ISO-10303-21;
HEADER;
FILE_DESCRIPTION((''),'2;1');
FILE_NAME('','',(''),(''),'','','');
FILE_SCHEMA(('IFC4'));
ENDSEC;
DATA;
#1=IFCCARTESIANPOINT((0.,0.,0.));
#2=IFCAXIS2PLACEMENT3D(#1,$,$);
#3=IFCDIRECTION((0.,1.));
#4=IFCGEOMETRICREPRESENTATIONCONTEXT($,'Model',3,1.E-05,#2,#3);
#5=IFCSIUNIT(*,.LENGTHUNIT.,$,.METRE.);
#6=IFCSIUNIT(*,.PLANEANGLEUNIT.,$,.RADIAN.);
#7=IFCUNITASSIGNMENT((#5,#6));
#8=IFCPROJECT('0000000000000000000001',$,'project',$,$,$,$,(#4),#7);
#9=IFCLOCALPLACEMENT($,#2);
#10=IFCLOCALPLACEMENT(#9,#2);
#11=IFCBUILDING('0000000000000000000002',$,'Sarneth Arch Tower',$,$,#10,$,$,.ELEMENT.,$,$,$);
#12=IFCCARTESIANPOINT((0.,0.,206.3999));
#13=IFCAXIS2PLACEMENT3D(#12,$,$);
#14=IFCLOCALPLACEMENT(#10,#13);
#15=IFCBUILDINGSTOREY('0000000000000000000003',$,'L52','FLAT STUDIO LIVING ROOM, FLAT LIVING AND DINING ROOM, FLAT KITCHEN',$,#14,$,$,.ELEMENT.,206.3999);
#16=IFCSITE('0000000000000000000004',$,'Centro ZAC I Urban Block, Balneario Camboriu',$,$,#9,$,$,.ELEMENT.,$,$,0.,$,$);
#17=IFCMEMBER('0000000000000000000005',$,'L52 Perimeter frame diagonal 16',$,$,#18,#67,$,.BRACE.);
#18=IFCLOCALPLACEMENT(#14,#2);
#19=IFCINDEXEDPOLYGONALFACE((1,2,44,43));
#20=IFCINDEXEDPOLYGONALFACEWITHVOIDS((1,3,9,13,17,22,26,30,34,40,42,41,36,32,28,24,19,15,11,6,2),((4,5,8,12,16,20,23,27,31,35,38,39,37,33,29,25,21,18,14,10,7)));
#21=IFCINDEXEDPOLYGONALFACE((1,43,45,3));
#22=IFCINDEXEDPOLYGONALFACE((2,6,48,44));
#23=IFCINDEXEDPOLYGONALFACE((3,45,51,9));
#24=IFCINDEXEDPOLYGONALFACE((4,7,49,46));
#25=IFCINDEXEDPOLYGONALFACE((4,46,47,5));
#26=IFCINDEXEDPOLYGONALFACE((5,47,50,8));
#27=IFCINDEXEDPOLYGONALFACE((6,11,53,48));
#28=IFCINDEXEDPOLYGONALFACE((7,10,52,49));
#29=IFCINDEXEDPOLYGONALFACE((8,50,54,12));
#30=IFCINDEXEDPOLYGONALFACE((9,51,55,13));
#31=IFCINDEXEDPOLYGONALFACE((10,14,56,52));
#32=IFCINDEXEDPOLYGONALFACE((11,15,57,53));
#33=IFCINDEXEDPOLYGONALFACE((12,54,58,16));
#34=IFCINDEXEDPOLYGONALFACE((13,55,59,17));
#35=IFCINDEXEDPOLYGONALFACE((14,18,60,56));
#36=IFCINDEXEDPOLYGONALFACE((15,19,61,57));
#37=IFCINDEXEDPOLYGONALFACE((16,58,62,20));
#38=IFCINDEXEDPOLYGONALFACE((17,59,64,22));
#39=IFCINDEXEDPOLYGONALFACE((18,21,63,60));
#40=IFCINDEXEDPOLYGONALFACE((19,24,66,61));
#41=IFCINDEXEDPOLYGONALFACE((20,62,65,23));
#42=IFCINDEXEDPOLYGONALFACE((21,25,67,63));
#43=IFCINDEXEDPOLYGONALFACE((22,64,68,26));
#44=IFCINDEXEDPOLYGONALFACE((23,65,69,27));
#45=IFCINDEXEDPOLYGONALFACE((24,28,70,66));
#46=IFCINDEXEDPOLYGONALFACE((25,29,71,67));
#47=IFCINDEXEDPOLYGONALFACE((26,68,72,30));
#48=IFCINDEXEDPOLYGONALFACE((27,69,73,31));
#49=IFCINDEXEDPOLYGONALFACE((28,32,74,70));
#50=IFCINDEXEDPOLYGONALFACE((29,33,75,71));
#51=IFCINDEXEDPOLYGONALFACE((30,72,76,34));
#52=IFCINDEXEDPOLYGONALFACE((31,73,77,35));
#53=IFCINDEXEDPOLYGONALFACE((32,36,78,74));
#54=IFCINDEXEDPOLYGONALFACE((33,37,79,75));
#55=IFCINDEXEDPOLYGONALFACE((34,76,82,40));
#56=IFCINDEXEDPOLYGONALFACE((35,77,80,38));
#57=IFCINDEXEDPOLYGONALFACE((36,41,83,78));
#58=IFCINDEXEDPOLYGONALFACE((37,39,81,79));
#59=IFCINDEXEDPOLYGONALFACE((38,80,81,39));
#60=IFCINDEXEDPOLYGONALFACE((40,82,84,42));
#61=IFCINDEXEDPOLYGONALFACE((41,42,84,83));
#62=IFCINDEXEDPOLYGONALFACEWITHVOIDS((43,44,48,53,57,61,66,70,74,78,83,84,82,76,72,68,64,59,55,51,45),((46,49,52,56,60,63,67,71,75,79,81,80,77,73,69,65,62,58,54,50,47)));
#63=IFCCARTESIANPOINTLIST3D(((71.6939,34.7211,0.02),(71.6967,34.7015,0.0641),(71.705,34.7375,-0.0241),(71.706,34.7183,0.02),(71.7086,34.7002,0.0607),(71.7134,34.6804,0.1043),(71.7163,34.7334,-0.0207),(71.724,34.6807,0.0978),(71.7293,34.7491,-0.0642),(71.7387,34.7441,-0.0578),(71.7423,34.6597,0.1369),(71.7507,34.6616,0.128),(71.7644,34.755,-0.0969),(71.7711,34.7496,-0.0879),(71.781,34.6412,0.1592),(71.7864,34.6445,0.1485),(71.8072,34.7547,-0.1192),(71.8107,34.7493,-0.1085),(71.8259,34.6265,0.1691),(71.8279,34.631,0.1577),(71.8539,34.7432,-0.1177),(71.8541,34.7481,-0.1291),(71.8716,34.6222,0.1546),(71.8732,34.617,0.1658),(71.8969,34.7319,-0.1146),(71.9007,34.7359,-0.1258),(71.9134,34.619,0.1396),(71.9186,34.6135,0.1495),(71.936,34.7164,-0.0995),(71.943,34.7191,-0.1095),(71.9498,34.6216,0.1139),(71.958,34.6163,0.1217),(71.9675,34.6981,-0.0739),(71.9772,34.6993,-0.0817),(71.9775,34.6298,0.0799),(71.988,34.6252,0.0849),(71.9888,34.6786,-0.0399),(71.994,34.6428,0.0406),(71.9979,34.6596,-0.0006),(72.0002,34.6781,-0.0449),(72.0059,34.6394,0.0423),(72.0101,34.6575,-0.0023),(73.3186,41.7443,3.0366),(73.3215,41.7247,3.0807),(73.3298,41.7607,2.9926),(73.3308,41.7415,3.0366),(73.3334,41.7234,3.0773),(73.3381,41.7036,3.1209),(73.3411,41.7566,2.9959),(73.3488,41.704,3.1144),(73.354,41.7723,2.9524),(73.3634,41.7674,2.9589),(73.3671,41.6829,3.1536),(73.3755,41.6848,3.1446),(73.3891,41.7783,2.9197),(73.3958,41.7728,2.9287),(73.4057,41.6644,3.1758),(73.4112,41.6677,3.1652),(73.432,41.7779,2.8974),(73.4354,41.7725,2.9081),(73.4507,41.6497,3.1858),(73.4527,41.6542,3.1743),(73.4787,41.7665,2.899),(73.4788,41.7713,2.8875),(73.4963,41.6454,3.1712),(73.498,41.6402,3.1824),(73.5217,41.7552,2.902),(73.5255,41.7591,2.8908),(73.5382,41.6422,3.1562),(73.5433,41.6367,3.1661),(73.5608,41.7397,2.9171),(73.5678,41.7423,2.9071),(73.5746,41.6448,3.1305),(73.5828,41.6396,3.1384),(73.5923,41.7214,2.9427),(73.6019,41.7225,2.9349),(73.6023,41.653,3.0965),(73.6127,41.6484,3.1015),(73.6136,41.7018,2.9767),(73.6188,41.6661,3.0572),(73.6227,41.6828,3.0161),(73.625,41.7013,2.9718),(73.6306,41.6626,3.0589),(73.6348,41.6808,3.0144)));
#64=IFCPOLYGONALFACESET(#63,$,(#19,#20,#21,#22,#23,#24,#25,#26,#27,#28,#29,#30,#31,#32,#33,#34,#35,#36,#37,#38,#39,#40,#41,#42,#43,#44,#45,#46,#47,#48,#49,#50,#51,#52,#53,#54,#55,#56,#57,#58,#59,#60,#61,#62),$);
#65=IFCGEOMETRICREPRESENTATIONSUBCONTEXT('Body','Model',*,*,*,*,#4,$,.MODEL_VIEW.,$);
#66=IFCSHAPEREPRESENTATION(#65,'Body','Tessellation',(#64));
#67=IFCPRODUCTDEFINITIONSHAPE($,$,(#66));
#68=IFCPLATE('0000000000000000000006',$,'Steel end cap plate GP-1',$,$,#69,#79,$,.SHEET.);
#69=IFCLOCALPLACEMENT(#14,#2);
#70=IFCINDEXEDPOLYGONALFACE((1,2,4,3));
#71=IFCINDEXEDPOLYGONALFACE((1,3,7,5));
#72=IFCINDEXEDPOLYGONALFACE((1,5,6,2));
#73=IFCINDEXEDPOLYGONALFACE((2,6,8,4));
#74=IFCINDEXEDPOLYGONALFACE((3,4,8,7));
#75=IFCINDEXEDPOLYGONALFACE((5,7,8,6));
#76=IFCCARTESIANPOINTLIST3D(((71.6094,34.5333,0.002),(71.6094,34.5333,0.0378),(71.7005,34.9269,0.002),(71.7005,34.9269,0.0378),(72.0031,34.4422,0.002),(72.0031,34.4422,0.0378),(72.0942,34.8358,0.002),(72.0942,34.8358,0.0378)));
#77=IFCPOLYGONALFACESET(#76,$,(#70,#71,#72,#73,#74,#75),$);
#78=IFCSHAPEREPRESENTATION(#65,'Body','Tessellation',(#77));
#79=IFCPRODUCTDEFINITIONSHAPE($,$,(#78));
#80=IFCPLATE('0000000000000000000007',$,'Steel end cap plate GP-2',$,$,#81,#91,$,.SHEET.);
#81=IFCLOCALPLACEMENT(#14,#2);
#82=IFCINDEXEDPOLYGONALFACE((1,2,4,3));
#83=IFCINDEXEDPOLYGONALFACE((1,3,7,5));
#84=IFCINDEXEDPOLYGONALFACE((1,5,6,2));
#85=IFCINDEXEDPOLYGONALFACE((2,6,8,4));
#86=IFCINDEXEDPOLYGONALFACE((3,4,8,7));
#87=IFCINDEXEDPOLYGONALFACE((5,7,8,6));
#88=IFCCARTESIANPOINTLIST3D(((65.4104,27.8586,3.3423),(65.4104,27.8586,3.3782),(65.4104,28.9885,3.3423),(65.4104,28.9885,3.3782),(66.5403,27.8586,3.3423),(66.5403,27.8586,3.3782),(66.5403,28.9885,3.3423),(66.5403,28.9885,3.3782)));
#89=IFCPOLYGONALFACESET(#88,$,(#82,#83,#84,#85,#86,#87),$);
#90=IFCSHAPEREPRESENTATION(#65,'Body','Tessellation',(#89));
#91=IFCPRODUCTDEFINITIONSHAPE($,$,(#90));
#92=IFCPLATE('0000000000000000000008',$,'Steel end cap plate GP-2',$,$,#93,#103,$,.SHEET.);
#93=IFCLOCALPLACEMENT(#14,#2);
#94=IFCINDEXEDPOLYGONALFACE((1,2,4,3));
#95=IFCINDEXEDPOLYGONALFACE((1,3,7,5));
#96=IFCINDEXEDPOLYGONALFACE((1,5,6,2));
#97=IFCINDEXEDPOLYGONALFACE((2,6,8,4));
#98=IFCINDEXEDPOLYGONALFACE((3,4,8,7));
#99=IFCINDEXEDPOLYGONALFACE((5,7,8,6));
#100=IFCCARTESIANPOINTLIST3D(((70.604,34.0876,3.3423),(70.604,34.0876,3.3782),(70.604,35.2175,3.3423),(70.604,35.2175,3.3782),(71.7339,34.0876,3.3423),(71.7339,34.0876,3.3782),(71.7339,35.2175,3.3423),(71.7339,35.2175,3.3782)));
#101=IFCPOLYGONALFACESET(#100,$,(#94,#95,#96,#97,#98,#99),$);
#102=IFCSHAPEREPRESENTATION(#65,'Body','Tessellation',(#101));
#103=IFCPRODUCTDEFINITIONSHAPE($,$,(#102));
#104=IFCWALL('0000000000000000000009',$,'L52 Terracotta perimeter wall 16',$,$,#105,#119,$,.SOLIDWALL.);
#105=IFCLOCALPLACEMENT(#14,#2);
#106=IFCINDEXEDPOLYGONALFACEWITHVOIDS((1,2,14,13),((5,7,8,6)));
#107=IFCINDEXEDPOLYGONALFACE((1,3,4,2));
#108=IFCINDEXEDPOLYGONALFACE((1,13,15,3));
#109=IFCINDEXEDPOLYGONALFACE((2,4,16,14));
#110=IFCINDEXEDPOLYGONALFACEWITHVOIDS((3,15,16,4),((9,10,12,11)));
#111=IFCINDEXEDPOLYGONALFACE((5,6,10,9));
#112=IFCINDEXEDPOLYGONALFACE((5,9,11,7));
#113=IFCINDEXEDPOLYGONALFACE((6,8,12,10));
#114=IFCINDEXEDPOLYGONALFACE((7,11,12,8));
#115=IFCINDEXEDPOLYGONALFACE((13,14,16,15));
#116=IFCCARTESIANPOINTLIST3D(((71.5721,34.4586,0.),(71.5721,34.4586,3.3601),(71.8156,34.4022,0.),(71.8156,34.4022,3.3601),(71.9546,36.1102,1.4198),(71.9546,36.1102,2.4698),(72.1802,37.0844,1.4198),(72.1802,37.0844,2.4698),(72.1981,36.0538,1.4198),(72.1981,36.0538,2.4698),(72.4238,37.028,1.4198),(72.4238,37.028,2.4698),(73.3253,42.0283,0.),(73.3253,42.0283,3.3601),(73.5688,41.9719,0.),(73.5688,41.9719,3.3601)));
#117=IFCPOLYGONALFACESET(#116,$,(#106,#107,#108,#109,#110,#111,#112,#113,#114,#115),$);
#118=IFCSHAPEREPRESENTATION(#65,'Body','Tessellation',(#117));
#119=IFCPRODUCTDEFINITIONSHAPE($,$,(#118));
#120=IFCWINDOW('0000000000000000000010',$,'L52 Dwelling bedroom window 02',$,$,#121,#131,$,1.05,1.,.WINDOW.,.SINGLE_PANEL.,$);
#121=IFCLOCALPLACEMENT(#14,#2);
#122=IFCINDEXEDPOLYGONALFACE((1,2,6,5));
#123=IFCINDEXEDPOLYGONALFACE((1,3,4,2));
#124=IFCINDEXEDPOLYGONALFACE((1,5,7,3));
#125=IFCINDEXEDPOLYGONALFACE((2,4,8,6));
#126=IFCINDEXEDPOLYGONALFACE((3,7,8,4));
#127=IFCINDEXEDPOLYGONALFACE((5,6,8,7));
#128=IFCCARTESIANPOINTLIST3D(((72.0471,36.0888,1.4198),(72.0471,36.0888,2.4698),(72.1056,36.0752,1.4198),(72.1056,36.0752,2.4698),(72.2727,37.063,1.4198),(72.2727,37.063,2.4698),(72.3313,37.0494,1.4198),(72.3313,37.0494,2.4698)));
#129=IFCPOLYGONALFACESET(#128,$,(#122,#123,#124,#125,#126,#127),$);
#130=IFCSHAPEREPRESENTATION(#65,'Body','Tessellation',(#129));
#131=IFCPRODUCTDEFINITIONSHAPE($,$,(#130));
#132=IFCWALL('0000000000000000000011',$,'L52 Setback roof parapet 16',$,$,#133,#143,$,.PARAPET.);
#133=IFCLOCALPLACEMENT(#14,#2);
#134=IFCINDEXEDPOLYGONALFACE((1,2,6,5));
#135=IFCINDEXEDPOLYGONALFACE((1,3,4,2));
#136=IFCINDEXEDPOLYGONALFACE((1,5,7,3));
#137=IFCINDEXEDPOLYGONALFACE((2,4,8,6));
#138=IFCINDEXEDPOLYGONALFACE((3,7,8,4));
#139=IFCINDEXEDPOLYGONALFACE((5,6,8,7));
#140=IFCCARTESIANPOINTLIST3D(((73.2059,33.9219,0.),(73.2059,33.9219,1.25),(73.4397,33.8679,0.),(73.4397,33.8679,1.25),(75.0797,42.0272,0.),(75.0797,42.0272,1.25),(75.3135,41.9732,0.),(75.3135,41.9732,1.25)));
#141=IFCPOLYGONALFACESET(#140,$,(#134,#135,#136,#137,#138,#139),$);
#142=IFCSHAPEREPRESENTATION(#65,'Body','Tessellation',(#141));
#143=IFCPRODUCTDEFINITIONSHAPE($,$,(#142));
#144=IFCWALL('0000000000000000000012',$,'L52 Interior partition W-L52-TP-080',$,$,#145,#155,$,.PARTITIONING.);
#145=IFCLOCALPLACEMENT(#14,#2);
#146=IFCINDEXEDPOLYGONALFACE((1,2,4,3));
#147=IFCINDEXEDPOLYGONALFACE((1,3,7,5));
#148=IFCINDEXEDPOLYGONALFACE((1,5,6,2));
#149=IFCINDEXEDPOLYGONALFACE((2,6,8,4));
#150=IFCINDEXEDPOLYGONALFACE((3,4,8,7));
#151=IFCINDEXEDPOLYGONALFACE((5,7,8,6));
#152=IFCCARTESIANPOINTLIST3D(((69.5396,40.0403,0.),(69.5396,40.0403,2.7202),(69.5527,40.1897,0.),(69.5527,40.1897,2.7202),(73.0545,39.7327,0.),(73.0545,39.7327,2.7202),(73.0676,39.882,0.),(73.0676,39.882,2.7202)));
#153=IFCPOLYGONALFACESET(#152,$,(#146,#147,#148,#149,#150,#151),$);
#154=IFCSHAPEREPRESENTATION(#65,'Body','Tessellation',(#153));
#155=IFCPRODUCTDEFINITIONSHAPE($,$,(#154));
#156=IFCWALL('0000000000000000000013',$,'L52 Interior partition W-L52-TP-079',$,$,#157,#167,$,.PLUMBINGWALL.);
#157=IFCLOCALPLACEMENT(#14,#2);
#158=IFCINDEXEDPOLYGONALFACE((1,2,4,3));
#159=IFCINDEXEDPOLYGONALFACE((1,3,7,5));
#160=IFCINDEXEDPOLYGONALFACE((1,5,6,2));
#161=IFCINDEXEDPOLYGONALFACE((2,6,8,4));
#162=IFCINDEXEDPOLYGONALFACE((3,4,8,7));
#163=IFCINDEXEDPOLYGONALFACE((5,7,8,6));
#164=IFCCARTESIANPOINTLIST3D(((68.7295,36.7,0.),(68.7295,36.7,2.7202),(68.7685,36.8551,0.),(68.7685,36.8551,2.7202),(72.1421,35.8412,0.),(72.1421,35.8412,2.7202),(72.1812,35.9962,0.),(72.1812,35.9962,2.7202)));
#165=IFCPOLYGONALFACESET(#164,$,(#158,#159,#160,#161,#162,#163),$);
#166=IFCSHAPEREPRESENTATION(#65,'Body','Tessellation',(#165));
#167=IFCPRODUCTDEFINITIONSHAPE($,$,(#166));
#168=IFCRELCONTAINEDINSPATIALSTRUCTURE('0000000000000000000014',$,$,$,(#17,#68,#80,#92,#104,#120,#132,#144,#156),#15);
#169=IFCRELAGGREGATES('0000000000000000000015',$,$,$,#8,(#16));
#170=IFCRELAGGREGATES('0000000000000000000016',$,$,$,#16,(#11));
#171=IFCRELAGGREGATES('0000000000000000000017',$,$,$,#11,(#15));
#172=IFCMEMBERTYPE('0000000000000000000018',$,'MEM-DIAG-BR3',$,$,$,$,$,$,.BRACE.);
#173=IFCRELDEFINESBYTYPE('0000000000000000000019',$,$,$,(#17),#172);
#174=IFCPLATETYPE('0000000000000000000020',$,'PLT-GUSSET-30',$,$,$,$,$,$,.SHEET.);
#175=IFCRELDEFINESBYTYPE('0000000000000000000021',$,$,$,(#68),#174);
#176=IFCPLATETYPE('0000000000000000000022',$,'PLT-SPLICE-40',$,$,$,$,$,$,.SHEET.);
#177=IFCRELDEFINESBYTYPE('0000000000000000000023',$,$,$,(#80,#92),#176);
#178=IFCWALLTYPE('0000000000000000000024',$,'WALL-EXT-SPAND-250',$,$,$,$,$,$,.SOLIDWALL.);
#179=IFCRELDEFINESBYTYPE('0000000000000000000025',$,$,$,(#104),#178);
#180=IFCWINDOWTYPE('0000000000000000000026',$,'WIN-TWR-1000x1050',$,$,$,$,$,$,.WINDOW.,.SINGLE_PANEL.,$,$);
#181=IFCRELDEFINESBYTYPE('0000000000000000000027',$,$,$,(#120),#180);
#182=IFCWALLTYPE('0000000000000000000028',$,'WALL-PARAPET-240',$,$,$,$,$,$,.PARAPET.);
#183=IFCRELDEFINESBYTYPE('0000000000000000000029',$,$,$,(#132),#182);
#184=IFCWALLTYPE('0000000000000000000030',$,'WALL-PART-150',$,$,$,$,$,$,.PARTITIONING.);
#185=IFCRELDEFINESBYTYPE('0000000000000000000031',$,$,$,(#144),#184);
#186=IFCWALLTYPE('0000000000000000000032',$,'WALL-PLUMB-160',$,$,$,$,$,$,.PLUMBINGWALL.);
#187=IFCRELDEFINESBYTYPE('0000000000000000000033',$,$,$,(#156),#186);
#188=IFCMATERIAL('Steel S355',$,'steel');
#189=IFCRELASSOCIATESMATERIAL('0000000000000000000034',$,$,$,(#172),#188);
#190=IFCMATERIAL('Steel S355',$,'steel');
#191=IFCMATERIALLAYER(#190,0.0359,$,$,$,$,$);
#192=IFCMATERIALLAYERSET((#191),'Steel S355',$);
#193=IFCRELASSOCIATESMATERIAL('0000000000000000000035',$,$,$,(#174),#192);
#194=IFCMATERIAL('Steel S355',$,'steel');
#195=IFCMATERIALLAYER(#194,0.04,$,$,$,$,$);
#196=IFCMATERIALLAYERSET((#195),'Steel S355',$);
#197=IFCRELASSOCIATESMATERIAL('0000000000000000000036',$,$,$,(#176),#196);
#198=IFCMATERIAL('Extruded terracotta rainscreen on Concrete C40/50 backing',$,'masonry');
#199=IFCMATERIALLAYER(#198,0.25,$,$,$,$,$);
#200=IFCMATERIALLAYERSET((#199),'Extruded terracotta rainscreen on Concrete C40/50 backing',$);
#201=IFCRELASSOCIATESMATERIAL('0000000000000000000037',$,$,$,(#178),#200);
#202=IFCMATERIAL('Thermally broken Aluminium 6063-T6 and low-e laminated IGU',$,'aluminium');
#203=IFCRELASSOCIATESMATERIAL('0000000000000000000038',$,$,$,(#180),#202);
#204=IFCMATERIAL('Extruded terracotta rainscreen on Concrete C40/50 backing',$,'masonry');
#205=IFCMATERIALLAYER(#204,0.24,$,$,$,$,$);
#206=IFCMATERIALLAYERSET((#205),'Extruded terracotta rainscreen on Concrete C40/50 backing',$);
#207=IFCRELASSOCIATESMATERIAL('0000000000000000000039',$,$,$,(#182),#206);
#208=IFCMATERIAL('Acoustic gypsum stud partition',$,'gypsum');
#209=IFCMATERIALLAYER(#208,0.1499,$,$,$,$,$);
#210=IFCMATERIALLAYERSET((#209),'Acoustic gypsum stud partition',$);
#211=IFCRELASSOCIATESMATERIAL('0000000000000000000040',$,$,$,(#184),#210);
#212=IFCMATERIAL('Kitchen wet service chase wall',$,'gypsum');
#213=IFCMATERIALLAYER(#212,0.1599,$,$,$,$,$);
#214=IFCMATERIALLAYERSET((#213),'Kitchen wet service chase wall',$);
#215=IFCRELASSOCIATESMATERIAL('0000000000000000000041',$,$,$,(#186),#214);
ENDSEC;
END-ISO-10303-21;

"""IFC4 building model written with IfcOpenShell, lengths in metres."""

from ifc_helpers import new_model, si_unit, direction, frame, frame_2d, origin, origin_2d, place, context, subcontext, project, spatial, rectangle, hollow_circle, extrude, material, layer, layer_set, material_profile, profile_set, type_object, element, fill, save


model = new_model("IFC4")

# Units and contexts
model_context = context("Model", 3, precision=1e-05, world=origin(), true_north=direction((0.0, 1.0)))
body_context = subcontext(model_context, "Body", "Model", "MODEL_VIEW")
ifc_project = project(units=[si_unit("LENGTHUNIT", "METRE"), si_unit("PLANEANGLEUNIT", "RADIAN")], contexts=[model_context])

# Site, building, storey
site_placement = place(None, origin())
site = spatial("IfcSite", under=ifc_project, at=site_placement, Name="Centro ZAC I Urban Block, Balneario Camboriu", CompositionType="ELEMENT", RefElevation=0.0)
building_placement = place(site_placement, origin())
building = spatial("IfcBuilding", under=site, at=building_placement, Name="Sarneth Arch Tower", CompositionType="ELEMENT")
storey_placement = place(building_placement, frame((0.0, 0.0, 206.3999)))
storey = spatial("IfcBuildingStorey", under=building, at=storey_placement, Name="L52", Description="FLAT STUDIO LIVING ROOM, FLAT LIVING AND DINING ROOM, FLAT KITCHEN", CompositionType="ELEMENT", Elevation=206.3999)

# Member
ifc_material_1 = material(Name="Steel S355", Category="steel")
ifc_material_profile_1 = material_profile(ifc_material_1, hollow_circle(Radius=0.1621, WallThickness=0.0125, at=origin_2d()), Name="CHS324x12.5")
ifc_profile_set_1 = profile_set([ifc_material_profile_1], Name="Steel S355")
member_type = type_object("IfcMemberType", Name="MEM-DIAG-BR3", PredefinedType="BRACE", material=ifc_profile_set_1)
member_placement = place(storey_placement, frame((71.8518, 34.6846, 0.02), z_axis=(0.207918, 0.898749, 0.386031), x_axis=(-0.974269, 0.225389, 0.0)))
element("IfcMember", 1, at=member_placement, inside=storey, type_object=member_type, Name="L52 Perimeter frame diagonal 16", PredefinedType="BRACE", context=body_context, shape_type="SweptSolid", body=[
    extrude(hollow_circle(Radius=0.1621, WallThickness=0.0125, at=origin_2d()), origin(), (0.0, 0.0, 1.0), 7.8145),
])

# Plates
ifc_material_2 = material(Name="Steel S355", Category="steel")
ifc_layer_1 = layer(ifc_material_2, 0.0359)
ifc_layer_set_1 = layer_set([ifc_layer_1], Name="Steel S355")
plate_type_1 = type_object("IfcPlateType", Name="PLT-GUSSET-30", PredefinedType="SHEET", material=ifc_layer_set_1)
plate_placement = place(storey_placement, frame((71.8518, 34.6846, 0.002), z_axis=(0.0, 0.0, 1.0), x_axis=(0.225461, 0.974252, 0.0)))
element("IfcPlate", 2, at=plate_placement, inside=storey, type_object=plate_type_1, Name="Steel end cap plate GP-1", PredefinedType="SHEET", context=body_context, shape_type="SweptSolid", body=[
    extrude(rectangle(XDim=0.4041, YDim=0.4041, at=origin_2d()), origin(), (0.0, 0.0, 1.0), 0.0359),
])
ifc_material_3 = material(Name="Steel S355", Category="steel")
ifc_layer_2 = layer(ifc_material_3, 0.04)
ifc_layer_set_2 = layer_set([ifc_layer_2], Name="Steel S355")
plate_type_2 = type_object("IfcPlateType", Name="PLT-SPLICE-40", PredefinedType="SHEET", material=ifc_layer_set_2)
for number, where, z_axis, x_axis, name in (
    (3, (65.9753, 28.4236, 3.3423), (0.0, 0.0, 1.0), (1.0, 0.0, 0.0), "Steel end cap plate GP-2"),
    (4, (71.1689, 34.6526, 3.3423), (0.0, 0.0, 1.0), (1.0, 0.0, 0.0), "Steel end cap plate GP-2"),
):
    element("IfcPlate", number, at=place(storey_placement, frame(where, z_axis=z_axis, x_axis=x_axis)), inside=storey, type_object=plate_type_2, Name=name, PredefinedType="SHEET", context=body_context, shape_type="SweptSolid", body=[
        extrude(rectangle(XDim=1.1299, YDim=1.1299, at=origin_2d()), origin(), (0.0, 0.0, 1.0), 0.0359),
    ])

# Wall, opening, window
ifc_material_4 = material(Name="Extruded terracotta rainscreen on Concrete C40/50 backing", Category="masonry")
ifc_layer_3 = layer(ifc_material_4, 0.25)
ifc_layer_set_3 = layer_set([ifc_layer_3], Name="Extruded terracotta rainscreen on Concrete C40/50 backing")
wall_type_1 = type_object("IfcWallType", Name="WALL-EXT-SPAND-250", PredefinedType="SOLIDWALL", material=ifc_layer_set_3)
wall_1_placement = place(storey_placement, frame((71.6938, 34.4304, 0.0), z_axis=(0.0, 0.0, 1.0), x_axis=(0.225635, 0.974212, 0.0)))
wall_1 = element("IfcWall", 5, at=wall_1_placement, inside=storey, type_object=wall_type_1, Name="L52 Terracotta perimeter wall 16", PredefinedType="SOLIDWALL", context=body_context, shape_type="SweptSolid", body=[
    extrude(rectangle(XDim=7.77, YDim=0.25, at=frame_2d((3.885, 0.0))), origin(), (0.0, 0.0, 1.0), 3.3601),
])
opening_1_placement = place(wall_1_placement, frame((1.6953, 0.0, 1.4199)))
opening_1 = element("IfcOpeningElement", 6, at=opening_1_placement, cuts=wall_1, PredefinedType="OPENING", context=body_context, shape_type="SweptSolid", body=[
    extrude(rectangle(XDim=1.0, YDim=1.05, at=frame_2d((0.5, 0.5249))), frame((0.0, 0.135, 0.0), z_axis=(0.0, -1.0, 0.0), x_axis=(1.0, 0.0, 0.0)), (0.0, 0.0, 1.0), 0.27),
])
ifc_material_5 = material(Name="Thermally broken Aluminium 6063-T6 and low-e laminated IGU", Category="aluminium")
window_type = type_object("IfcWindowType", Name="WIN-TWR-1000x1050", PartitioningType="SINGLE_PANEL", PredefinedType="WINDOW", material=ifc_material_5)
window_placement = place(opening_1_placement, origin())
window = element("IfcWindow", 7, at=window_placement, inside=storey, type_object=window_type, Name="L52 Dwelling bedroom window 02", OverallHeight=1.05, OverallWidth=1.0, PartitioningType="SINGLE_PANEL", PredefinedType="WINDOW", context=body_context, shape_type="SweptSolid", body=[
    extrude(rectangle(XDim=1.0, YDim=1.05, at=frame_2d((0.5, 0.5249))), frame((0.0, 0.03, 0.0), z_axis=(0.0, -1.0, 0.0), x_axis=(1.0, 0.0, 0.0)), (0.0, 0.0, 1.0), 0.0601),
])
fill(opening_1, window)

# Walls
ifc_material_6 = material(Name="Extruded terracotta rainscreen on Concrete C40/50 backing", Category="masonry")
ifc_layer_4 = layer(ifc_material_6, 0.24)
ifc_layer_set_4 = layer_set([ifc_layer_4], Name="Extruded terracotta rainscreen on Concrete C40/50 backing")
wall_type_2 = type_object("IfcWallType", Name="WALL-PARAPET-240", PredefinedType="PARAPET", material=ifc_layer_set_4)
wall_2_placement = place(storey_placement, frame((73.3228, 33.8948, 0.0), z_axis=(0.0, 0.0, 1.0), x_axis=(0.225241, 0.974303, 0.0)))
element("IfcWall", 8, at=wall_2_placement, inside=storey, type_object=wall_type_2, Name="L52 Setback roof parapet 16", PredefinedType="PARAPET", context=body_context, shape_type="SweptSolid", body=[
    extrude(rectangle(XDim=8.3191, YDim=0.24, at=frame_2d((4.1597, 0.0))), origin(), (0.0, 0.0, 1.0), 1.25),
])
ifc_material_7 = material(Name="Acoustic gypsum stud partition", Category="gypsum")
ifc_layer_5 = layer(ifc_material_7, 0.1499)
ifc_layer_set_5 = layer_set([ifc_layer_5], Name="Acoustic gypsum stud partition")
wall_type_3 = type_object("IfcWallType", Name="WALL-PART-150", PredefinedType="PARTITIONING", material=ifc_layer_set_5)
wall_3_placement = place(storey_placement, frame((73.061, 39.8074, 0.0), z_axis=(0.0, 0.0, 1.0), x_axis=(-0.996192, 0.087185, 0.0)))
element("IfcWall", 9, at=wall_3_placement, inside=storey, type_object=wall_type_3, Name="L52 Interior partition W-L52-TP-080", PredefinedType="PARTITIONING", context=body_context, shape_type="SweptSolid", body=[
    extrude(rectangle(XDim=3.5283, YDim=0.1499, at=frame_2d((1.7642, 0.0))), origin(), (0.0, 0.0, 1.0), 2.7202),
])
ifc_material_8 = material(Name="Kitchen wet service chase wall", Category="gypsum")
ifc_layer_6 = layer(ifc_material_8, 0.1599)
ifc_layer_set_6 = layer_set([ifc_layer_6], Name="Kitchen wet service chase wall")
wall_type_4 = type_object("IfcWallType", Name="WALL-PLUMB-160", PredefinedType="PLUMBINGWALL", material=ifc_layer_set_6)
wall_4_placement = place(storey_placement, frame((68.749, 36.7776, 0.0), z_axis=(0.0, 0.0, 1.0), x_axis=(0.969758, -0.24407, 0.0)))
element("IfcWall", 10, at=wall_4_placement, inside=storey, type_object=wall_type_4, Name="L52 Interior partition W-L52-TP-079", PredefinedType="PLUMBINGWALL", context=body_context, shape_type="SweptSolid", body=[
    extrude(rectangle(XDim=3.519, YDim=0.1599, at=frame_2d((1.7595, 0.0))), origin(), (0.0, 0.0, 1.0), 2.7202),
])

save(model, "model.ifc")
